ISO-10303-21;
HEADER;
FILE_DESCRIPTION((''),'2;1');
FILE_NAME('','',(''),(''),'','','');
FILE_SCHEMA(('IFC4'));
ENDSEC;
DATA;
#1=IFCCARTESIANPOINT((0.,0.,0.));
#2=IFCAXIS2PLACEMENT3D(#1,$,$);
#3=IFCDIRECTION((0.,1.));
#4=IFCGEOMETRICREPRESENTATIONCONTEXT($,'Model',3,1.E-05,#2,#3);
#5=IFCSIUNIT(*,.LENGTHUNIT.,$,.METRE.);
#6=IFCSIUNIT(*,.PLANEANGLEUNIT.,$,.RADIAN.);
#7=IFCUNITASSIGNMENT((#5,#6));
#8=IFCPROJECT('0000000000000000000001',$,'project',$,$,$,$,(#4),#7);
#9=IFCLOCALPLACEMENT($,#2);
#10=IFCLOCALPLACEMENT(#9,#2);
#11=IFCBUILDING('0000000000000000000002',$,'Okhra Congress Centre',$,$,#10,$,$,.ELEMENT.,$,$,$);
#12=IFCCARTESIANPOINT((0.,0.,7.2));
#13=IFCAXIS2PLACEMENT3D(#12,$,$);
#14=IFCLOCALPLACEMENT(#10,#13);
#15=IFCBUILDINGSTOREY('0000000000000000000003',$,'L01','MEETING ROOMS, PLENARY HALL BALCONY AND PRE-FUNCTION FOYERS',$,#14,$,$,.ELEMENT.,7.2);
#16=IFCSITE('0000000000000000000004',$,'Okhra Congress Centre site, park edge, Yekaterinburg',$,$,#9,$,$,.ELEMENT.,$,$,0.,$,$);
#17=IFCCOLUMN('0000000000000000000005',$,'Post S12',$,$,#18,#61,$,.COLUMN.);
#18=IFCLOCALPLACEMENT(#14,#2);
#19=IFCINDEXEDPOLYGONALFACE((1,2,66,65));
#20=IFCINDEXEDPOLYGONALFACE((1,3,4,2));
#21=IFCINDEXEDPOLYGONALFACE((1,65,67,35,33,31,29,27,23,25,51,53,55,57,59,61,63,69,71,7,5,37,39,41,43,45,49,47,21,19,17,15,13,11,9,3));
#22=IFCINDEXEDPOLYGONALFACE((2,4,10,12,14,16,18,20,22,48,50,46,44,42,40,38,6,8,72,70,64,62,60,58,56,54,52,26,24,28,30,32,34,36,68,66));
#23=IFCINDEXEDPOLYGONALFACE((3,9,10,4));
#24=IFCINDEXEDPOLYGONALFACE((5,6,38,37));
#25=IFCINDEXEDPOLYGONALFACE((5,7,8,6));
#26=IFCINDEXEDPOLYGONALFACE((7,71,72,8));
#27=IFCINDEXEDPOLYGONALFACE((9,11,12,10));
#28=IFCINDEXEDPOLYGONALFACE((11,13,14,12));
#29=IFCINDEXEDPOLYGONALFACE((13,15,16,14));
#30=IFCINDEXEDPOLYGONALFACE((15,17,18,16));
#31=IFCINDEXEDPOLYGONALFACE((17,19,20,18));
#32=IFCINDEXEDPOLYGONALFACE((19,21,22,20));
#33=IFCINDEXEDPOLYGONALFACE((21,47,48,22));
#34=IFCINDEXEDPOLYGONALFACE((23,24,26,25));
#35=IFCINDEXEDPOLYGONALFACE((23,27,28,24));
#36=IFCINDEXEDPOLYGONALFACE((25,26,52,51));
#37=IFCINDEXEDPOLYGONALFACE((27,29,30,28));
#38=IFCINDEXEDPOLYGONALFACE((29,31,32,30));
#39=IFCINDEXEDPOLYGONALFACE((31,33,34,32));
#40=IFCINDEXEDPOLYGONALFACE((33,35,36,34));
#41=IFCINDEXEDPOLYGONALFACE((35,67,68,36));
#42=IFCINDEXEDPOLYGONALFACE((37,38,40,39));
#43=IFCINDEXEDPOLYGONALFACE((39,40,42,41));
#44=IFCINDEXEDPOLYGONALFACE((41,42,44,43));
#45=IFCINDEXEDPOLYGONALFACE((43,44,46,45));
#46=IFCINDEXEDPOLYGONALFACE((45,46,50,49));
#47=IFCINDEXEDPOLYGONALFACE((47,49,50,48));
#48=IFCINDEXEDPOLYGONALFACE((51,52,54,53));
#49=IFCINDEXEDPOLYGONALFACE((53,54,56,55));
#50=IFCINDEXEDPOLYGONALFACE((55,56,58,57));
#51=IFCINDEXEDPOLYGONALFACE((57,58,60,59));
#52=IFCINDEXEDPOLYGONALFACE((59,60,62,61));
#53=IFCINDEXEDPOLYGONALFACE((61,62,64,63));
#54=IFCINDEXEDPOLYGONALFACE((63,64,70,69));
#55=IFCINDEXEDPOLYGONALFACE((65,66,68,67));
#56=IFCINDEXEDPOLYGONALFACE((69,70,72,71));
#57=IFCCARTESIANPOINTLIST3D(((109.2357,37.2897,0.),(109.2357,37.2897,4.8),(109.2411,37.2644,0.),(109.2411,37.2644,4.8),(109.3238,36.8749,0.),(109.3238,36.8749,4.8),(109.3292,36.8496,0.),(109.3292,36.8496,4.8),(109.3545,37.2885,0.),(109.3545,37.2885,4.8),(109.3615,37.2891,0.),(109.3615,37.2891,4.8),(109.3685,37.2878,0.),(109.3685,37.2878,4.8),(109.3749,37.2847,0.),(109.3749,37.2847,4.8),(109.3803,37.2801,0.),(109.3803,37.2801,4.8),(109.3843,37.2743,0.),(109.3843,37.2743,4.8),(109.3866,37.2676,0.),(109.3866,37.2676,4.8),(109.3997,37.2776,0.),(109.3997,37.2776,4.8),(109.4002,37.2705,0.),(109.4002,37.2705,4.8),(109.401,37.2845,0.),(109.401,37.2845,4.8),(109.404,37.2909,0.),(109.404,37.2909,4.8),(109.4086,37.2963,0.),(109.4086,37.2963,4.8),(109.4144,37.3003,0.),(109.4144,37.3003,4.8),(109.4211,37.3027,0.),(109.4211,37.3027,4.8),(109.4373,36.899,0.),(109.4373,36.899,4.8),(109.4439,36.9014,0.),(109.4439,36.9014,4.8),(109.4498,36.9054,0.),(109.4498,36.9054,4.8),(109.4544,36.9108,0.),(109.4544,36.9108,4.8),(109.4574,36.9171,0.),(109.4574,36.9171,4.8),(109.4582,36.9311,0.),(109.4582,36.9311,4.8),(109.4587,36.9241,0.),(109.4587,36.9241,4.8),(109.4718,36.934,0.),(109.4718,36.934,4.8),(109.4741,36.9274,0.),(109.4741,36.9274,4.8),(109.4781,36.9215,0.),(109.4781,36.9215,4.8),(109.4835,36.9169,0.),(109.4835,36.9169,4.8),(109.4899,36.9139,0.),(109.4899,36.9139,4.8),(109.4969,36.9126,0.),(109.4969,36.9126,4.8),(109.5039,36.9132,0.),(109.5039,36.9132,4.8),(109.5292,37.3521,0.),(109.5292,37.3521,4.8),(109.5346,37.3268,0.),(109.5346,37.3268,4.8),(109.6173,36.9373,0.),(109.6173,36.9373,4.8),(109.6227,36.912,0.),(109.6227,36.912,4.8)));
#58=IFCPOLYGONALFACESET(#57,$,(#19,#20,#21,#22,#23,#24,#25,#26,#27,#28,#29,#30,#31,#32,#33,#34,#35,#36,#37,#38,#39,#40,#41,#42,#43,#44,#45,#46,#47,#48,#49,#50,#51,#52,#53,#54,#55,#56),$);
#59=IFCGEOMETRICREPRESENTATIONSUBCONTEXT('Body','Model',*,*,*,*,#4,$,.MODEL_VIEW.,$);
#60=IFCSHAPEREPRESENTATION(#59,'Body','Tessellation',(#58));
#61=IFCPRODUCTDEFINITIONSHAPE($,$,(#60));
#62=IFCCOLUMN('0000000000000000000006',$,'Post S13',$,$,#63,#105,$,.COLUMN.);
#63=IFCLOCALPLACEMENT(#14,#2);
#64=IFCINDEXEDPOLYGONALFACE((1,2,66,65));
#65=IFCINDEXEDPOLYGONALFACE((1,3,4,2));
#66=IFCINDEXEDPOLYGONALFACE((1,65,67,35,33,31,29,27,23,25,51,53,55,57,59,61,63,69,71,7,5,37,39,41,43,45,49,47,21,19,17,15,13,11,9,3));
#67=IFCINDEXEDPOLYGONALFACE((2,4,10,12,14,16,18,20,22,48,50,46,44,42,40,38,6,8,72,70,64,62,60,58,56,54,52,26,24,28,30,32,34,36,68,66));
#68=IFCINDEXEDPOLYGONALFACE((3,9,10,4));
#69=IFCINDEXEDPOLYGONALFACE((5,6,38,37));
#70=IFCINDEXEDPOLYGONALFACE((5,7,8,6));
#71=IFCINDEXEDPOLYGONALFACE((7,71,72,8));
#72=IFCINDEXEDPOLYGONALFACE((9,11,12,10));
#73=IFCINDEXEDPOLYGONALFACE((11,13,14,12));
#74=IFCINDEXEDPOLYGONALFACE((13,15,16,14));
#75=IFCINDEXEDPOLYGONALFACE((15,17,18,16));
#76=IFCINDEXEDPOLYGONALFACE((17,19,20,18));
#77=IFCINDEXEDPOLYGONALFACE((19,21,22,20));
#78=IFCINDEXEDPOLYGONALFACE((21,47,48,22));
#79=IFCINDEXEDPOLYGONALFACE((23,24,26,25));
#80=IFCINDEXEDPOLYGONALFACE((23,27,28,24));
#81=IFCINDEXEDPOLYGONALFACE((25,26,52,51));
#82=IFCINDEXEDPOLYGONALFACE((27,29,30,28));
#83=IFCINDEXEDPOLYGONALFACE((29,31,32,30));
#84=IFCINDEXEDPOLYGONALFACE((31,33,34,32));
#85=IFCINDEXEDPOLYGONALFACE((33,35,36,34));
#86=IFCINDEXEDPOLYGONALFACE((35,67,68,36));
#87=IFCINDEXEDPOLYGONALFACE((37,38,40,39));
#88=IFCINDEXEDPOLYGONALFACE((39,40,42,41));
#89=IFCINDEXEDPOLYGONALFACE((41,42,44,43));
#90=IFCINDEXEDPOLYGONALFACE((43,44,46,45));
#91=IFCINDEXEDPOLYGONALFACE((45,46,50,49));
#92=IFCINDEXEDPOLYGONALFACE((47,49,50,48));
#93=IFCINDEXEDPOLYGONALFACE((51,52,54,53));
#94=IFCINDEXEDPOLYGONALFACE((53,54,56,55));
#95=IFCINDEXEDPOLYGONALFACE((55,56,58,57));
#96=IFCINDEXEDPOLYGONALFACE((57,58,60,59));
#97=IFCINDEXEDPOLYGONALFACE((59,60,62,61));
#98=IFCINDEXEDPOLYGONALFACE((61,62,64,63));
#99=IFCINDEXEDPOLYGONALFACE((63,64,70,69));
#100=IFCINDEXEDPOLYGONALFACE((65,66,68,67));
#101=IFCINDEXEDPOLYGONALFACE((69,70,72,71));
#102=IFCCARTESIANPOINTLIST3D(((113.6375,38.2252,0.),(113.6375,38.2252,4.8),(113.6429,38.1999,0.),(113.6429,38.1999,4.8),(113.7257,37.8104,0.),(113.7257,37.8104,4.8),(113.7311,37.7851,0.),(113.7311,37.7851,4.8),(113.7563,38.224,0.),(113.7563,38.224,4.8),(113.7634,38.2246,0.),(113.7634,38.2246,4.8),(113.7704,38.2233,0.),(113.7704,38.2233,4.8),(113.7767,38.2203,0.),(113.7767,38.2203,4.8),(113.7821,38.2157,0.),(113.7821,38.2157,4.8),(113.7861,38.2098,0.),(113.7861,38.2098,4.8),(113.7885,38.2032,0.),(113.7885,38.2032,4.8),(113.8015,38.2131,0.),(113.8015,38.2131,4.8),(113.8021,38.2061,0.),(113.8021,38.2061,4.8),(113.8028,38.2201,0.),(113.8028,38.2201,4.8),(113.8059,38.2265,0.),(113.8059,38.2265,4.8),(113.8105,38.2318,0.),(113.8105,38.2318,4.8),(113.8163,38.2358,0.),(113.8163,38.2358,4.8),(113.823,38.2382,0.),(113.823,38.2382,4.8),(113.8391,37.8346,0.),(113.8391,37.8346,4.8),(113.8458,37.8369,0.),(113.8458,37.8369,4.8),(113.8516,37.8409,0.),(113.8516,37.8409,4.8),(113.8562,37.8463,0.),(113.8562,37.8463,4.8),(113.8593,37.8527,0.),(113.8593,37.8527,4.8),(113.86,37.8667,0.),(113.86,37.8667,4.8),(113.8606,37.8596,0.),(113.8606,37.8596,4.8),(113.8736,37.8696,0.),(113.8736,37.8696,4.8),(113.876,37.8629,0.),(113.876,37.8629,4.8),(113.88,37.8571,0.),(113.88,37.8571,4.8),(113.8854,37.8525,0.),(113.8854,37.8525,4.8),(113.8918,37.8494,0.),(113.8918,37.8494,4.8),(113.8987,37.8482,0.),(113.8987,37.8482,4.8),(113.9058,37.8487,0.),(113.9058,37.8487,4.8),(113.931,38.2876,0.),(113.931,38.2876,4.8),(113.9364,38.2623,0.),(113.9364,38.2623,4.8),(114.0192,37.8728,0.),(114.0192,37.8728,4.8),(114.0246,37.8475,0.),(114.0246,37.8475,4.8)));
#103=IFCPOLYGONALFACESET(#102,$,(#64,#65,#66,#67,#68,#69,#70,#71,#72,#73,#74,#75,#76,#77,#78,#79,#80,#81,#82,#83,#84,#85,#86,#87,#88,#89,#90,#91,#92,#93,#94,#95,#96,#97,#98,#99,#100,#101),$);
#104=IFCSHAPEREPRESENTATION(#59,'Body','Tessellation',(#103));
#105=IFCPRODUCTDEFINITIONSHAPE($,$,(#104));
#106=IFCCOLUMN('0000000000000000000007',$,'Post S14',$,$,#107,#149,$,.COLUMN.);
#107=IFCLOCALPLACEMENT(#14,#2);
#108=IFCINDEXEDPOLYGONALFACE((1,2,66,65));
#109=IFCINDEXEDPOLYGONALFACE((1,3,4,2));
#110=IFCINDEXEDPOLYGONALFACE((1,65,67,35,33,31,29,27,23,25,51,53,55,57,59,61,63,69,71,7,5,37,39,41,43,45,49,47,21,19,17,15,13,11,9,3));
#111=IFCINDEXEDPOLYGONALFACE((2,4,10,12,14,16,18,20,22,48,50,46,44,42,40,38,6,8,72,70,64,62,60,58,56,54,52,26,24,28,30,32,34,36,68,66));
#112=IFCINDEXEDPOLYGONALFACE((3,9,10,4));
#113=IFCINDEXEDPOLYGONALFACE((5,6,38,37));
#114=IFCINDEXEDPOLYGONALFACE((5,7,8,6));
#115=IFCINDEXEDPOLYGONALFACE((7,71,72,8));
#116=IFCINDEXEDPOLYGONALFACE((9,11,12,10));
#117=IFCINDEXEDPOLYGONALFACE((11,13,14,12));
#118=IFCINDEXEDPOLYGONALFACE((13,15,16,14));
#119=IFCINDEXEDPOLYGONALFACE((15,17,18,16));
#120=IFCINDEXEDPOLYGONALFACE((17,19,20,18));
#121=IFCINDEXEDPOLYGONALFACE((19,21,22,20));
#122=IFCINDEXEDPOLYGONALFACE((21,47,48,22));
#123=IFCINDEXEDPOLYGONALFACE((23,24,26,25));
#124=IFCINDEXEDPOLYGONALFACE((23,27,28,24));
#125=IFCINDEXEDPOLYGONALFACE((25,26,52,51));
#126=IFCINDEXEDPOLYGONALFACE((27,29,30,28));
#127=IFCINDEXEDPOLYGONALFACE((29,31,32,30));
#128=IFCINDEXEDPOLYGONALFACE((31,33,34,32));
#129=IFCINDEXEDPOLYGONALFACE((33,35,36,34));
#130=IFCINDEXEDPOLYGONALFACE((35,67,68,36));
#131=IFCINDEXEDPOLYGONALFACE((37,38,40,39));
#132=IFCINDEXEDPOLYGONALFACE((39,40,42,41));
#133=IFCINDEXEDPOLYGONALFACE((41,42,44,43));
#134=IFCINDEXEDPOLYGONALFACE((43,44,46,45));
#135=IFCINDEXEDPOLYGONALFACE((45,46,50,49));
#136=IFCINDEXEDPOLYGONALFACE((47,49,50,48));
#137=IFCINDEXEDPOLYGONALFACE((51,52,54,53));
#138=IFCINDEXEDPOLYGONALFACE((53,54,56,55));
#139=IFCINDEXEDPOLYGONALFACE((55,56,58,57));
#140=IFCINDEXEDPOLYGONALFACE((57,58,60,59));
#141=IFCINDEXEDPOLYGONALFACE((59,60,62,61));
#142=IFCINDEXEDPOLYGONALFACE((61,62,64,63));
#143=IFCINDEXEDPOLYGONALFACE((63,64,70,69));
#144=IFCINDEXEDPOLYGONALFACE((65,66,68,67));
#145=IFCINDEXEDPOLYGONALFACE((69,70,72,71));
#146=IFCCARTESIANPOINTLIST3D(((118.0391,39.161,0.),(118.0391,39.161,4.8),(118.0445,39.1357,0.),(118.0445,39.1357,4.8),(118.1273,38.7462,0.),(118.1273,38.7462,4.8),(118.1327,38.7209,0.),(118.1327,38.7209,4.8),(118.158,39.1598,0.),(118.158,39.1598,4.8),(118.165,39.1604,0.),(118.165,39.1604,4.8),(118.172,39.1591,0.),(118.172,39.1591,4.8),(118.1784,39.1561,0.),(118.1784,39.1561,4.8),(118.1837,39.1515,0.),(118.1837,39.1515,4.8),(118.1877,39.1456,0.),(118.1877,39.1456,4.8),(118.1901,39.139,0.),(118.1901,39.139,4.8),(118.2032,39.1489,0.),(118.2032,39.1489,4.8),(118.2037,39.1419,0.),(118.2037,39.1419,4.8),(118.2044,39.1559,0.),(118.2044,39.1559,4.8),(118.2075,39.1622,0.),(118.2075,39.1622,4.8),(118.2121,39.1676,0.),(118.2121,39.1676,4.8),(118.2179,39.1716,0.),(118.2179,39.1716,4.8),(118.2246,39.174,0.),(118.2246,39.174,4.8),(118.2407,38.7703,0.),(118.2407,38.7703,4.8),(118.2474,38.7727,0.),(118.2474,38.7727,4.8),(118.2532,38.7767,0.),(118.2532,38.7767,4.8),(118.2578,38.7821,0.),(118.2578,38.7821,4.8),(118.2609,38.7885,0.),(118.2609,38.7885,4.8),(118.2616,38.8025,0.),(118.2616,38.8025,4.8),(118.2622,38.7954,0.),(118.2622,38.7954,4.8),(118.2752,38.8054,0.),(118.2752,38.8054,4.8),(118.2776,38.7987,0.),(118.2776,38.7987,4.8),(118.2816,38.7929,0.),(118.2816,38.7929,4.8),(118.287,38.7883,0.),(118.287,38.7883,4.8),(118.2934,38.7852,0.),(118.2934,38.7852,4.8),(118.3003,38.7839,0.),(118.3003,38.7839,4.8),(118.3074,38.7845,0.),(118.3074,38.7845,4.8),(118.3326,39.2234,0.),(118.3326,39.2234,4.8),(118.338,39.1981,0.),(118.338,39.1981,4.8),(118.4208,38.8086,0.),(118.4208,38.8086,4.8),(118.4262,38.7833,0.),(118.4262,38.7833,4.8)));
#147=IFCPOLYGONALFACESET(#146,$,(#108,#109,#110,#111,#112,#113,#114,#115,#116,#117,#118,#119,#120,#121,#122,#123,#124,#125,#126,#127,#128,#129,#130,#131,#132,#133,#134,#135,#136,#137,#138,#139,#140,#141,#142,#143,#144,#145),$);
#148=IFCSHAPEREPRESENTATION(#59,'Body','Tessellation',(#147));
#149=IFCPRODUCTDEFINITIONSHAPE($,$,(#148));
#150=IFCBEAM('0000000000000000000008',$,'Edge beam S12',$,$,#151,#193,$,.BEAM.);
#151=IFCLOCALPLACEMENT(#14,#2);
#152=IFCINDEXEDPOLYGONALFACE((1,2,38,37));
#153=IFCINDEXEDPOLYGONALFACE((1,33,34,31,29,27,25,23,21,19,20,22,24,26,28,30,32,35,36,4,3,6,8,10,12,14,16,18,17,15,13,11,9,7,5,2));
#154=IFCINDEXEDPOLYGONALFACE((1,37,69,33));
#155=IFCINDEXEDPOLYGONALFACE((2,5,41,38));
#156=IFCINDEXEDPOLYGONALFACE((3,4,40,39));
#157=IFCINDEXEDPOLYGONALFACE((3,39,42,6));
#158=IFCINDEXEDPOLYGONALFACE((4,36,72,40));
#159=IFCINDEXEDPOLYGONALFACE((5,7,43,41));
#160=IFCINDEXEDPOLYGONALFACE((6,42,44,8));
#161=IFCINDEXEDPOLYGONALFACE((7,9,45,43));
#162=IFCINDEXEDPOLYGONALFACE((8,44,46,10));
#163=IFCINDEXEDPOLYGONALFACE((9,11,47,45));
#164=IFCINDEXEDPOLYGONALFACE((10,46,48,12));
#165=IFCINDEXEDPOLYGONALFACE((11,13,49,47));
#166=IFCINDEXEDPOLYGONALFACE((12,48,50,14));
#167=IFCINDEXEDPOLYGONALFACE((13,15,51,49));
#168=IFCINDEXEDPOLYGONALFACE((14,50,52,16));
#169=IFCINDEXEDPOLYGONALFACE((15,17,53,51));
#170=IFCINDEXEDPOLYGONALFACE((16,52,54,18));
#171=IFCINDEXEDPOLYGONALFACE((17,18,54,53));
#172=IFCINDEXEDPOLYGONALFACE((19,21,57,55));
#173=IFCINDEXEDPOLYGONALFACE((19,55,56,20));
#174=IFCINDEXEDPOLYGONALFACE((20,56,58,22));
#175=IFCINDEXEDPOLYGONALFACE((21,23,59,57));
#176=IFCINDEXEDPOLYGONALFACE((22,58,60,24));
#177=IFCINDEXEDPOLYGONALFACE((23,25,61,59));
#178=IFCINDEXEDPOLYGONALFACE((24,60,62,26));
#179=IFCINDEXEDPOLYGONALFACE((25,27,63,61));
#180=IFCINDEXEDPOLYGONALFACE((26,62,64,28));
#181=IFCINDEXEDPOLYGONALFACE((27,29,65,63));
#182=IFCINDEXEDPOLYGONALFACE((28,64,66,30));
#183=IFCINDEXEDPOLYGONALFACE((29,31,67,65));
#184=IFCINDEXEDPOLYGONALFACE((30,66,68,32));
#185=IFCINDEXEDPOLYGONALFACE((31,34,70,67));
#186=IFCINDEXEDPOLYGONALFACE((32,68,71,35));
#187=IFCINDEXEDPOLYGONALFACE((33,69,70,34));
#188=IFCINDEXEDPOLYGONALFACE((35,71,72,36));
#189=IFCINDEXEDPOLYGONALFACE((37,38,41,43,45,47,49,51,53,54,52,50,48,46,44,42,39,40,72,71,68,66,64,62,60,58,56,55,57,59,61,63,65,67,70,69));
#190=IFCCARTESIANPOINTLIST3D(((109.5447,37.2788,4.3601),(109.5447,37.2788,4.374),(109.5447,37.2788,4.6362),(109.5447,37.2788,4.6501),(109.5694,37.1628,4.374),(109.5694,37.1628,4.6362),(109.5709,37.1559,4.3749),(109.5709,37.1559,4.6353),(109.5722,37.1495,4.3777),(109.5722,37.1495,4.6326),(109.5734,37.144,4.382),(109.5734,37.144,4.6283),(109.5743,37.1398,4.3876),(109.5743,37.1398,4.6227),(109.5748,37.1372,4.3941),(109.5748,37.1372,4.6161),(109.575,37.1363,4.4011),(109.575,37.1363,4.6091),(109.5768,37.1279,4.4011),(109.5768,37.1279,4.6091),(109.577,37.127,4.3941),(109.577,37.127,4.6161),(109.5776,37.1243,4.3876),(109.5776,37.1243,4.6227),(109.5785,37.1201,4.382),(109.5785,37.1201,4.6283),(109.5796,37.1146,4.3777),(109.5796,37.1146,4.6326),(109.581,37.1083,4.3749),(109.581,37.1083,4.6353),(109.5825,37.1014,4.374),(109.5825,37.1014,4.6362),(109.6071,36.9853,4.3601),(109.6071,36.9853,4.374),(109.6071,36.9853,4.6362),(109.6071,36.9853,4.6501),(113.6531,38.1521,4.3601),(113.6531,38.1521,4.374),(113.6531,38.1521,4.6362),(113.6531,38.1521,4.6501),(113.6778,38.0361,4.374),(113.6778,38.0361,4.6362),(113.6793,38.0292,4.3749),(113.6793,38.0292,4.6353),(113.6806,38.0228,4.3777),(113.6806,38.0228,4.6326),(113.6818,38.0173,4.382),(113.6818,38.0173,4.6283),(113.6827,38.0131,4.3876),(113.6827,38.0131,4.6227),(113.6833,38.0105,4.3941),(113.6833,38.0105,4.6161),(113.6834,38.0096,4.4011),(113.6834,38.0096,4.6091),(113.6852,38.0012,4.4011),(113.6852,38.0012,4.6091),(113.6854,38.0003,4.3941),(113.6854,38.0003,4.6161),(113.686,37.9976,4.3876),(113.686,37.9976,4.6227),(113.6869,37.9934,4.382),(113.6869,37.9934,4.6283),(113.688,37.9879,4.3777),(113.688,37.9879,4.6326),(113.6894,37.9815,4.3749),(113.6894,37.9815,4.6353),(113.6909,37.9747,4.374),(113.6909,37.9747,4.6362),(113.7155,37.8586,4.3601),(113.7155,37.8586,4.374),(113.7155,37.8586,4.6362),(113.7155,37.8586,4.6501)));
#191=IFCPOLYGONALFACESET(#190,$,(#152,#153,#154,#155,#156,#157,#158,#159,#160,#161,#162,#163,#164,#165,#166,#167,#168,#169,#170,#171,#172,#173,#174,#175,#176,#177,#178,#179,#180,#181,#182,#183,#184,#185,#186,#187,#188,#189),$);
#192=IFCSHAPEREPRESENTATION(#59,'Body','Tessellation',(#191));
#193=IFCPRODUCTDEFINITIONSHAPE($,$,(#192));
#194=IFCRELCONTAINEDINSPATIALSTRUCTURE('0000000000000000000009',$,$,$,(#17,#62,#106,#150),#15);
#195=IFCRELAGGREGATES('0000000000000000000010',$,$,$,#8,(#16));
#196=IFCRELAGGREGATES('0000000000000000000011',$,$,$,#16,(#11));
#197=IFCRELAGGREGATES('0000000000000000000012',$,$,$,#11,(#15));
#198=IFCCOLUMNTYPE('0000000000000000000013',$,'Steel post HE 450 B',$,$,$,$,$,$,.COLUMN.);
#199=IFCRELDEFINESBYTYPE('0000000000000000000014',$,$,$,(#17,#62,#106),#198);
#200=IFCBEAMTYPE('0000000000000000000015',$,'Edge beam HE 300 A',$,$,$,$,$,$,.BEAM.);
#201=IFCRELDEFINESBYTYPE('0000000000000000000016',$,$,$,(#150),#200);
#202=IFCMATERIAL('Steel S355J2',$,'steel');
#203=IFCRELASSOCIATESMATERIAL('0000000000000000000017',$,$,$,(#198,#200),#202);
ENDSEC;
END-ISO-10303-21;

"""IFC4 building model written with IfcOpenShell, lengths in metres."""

from ifc_helpers import new_model, si_unit, direction, frame, origin, origin_2d, place, context, subcontext, project, spatial, i_section, extrude, material, material_profile, profile_set, type_object, element, save


model = new_model("IFC4")

# Units and contexts
model_context = context("Model", 3, precision=1e-05, world=origin(), true_north=direction((0.0, 1.0)))
body_context = subcontext(model_context, "Body", "Model", "MODEL_VIEW")
ifc_project = project(units=[si_unit("LENGTHUNIT", "METRE"), si_unit("PLANEANGLEUNIT", "RADIAN")], contexts=[model_context])

# Site, building, storey
site_placement = place(None, origin())
site = spatial("IfcSite", under=ifc_project, at=site_placement, Name="Okhra Congress Centre site, park edge, Yekaterinburg", CompositionType="ELEMENT", RefElevation=0.0)
building_placement = place(site_placement, origin())
building = spatial("IfcBuilding", under=site, at=building_placement, Name="Okhra Congress Centre", CompositionType="ELEMENT")
storey_placement = place(building_placement, frame((0.0, 0.0, 7.2)))
storey = spatial("IfcBuildingStorey", under=building, at=storey_placement, Name="L01", Description="MEETING ROOMS, PLENARY HALL BALCONY AND PRE-FUNCTION FOYERS", CompositionType="ELEMENT", Elevation=7.2)

# Columns
ifc_material_1 = material(Name="Steel S355J2", Category="steel")
ifc_material_profile_1 = material_profile(ifc_material_1, i_section(OverallWidth=0.3, OverallDepth=0.45, WebThickness=0.0139, FlangeThickness=0.0259, FilletRadius=0.0271, at=origin_2d()), Name="HE 450 B")
ifc_profile_set_1 = profile_set([ifc_material_profile_1], Name="Steel S355J2")
column_type = type_object("IfcColumnType", Name="Steel post HE 450 B", PredefinedType="COLUMN", material=ifc_profile_set_1)
for number, where, z_axis, x_axis, name in (
    (1, (109.4292, 37.1008, 0.0), (0.0, 0.0, 1.0), (0.978148, 0.207912, 0.0), "Post S12"),
    (2, (113.8311, 38.0364, 0.0), (0.0, 0.0, 1.0), (0.978148, 0.207912, 0.0), "Post S13"),
    (3, (118.2327, 38.9722, 0.0), (0.0, 0.0, 1.0), (0.978148, 0.207912, 0.0), "Post S14"),
):
    element("IfcColumn", number, at=place(storey_placement, frame(where, z_axis=z_axis, x_axis=x_axis)), inside=storey, type_object=column_type, Name=name, PredefinedType="COLUMN", context=body_context, shape_type="SweptSolid", body=[
        extrude(i_section(OverallWidth=0.3, OverallDepth=0.45, WebThickness=0.0139, FlangeThickness=0.0259, FilletRadius=0.0271, at=origin_2d()), origin(), (0.0, 0.0, 1.0), 4.8),
    ])

# Beam
ifc_material_profile_2 = material_profile(ifc_material_1, i_section(OverallWidth=0.3, OverallDepth=0.29, WebThickness=0.0085, FlangeThickness=0.0139, FilletRadius=0.0271, at=origin_2d()), Name="HE 300 A")
ifc_profile_set_2 = profile_set([ifc_material_profile_2], Name="Steel S355J2")
beam_type_1 = type_object("IfcBeamType", Name="Edge beam HE 300 A", PredefinedType="BEAM", material=ifc_profile_set_2)
beam_1_placement = place(storey_placement, frame((109.5759, 37.1321, 4.5051), z_axis=(0.978146, 0.207917, 0.0), x_axis=(-0.207917, 0.978146, 0.0)))
element("IfcBeam", 4, at=beam_1_placement, inside=storey, type_object=beam_type_1, Name="Edge beam S12", PredefinedType="BEAM", context=body_context, shape_type="SweptSolid", body=[
    extrude(i_section(OverallWidth=0.3, OverallDepth=0.29, WebThickness=0.0085, FlangeThickness=0.0139, FilletRadius=0.0271, at=origin_2d()), origin(), (0.0, 0.0, 1.0), 4.2002),
])

save(model, "model.ifc")
